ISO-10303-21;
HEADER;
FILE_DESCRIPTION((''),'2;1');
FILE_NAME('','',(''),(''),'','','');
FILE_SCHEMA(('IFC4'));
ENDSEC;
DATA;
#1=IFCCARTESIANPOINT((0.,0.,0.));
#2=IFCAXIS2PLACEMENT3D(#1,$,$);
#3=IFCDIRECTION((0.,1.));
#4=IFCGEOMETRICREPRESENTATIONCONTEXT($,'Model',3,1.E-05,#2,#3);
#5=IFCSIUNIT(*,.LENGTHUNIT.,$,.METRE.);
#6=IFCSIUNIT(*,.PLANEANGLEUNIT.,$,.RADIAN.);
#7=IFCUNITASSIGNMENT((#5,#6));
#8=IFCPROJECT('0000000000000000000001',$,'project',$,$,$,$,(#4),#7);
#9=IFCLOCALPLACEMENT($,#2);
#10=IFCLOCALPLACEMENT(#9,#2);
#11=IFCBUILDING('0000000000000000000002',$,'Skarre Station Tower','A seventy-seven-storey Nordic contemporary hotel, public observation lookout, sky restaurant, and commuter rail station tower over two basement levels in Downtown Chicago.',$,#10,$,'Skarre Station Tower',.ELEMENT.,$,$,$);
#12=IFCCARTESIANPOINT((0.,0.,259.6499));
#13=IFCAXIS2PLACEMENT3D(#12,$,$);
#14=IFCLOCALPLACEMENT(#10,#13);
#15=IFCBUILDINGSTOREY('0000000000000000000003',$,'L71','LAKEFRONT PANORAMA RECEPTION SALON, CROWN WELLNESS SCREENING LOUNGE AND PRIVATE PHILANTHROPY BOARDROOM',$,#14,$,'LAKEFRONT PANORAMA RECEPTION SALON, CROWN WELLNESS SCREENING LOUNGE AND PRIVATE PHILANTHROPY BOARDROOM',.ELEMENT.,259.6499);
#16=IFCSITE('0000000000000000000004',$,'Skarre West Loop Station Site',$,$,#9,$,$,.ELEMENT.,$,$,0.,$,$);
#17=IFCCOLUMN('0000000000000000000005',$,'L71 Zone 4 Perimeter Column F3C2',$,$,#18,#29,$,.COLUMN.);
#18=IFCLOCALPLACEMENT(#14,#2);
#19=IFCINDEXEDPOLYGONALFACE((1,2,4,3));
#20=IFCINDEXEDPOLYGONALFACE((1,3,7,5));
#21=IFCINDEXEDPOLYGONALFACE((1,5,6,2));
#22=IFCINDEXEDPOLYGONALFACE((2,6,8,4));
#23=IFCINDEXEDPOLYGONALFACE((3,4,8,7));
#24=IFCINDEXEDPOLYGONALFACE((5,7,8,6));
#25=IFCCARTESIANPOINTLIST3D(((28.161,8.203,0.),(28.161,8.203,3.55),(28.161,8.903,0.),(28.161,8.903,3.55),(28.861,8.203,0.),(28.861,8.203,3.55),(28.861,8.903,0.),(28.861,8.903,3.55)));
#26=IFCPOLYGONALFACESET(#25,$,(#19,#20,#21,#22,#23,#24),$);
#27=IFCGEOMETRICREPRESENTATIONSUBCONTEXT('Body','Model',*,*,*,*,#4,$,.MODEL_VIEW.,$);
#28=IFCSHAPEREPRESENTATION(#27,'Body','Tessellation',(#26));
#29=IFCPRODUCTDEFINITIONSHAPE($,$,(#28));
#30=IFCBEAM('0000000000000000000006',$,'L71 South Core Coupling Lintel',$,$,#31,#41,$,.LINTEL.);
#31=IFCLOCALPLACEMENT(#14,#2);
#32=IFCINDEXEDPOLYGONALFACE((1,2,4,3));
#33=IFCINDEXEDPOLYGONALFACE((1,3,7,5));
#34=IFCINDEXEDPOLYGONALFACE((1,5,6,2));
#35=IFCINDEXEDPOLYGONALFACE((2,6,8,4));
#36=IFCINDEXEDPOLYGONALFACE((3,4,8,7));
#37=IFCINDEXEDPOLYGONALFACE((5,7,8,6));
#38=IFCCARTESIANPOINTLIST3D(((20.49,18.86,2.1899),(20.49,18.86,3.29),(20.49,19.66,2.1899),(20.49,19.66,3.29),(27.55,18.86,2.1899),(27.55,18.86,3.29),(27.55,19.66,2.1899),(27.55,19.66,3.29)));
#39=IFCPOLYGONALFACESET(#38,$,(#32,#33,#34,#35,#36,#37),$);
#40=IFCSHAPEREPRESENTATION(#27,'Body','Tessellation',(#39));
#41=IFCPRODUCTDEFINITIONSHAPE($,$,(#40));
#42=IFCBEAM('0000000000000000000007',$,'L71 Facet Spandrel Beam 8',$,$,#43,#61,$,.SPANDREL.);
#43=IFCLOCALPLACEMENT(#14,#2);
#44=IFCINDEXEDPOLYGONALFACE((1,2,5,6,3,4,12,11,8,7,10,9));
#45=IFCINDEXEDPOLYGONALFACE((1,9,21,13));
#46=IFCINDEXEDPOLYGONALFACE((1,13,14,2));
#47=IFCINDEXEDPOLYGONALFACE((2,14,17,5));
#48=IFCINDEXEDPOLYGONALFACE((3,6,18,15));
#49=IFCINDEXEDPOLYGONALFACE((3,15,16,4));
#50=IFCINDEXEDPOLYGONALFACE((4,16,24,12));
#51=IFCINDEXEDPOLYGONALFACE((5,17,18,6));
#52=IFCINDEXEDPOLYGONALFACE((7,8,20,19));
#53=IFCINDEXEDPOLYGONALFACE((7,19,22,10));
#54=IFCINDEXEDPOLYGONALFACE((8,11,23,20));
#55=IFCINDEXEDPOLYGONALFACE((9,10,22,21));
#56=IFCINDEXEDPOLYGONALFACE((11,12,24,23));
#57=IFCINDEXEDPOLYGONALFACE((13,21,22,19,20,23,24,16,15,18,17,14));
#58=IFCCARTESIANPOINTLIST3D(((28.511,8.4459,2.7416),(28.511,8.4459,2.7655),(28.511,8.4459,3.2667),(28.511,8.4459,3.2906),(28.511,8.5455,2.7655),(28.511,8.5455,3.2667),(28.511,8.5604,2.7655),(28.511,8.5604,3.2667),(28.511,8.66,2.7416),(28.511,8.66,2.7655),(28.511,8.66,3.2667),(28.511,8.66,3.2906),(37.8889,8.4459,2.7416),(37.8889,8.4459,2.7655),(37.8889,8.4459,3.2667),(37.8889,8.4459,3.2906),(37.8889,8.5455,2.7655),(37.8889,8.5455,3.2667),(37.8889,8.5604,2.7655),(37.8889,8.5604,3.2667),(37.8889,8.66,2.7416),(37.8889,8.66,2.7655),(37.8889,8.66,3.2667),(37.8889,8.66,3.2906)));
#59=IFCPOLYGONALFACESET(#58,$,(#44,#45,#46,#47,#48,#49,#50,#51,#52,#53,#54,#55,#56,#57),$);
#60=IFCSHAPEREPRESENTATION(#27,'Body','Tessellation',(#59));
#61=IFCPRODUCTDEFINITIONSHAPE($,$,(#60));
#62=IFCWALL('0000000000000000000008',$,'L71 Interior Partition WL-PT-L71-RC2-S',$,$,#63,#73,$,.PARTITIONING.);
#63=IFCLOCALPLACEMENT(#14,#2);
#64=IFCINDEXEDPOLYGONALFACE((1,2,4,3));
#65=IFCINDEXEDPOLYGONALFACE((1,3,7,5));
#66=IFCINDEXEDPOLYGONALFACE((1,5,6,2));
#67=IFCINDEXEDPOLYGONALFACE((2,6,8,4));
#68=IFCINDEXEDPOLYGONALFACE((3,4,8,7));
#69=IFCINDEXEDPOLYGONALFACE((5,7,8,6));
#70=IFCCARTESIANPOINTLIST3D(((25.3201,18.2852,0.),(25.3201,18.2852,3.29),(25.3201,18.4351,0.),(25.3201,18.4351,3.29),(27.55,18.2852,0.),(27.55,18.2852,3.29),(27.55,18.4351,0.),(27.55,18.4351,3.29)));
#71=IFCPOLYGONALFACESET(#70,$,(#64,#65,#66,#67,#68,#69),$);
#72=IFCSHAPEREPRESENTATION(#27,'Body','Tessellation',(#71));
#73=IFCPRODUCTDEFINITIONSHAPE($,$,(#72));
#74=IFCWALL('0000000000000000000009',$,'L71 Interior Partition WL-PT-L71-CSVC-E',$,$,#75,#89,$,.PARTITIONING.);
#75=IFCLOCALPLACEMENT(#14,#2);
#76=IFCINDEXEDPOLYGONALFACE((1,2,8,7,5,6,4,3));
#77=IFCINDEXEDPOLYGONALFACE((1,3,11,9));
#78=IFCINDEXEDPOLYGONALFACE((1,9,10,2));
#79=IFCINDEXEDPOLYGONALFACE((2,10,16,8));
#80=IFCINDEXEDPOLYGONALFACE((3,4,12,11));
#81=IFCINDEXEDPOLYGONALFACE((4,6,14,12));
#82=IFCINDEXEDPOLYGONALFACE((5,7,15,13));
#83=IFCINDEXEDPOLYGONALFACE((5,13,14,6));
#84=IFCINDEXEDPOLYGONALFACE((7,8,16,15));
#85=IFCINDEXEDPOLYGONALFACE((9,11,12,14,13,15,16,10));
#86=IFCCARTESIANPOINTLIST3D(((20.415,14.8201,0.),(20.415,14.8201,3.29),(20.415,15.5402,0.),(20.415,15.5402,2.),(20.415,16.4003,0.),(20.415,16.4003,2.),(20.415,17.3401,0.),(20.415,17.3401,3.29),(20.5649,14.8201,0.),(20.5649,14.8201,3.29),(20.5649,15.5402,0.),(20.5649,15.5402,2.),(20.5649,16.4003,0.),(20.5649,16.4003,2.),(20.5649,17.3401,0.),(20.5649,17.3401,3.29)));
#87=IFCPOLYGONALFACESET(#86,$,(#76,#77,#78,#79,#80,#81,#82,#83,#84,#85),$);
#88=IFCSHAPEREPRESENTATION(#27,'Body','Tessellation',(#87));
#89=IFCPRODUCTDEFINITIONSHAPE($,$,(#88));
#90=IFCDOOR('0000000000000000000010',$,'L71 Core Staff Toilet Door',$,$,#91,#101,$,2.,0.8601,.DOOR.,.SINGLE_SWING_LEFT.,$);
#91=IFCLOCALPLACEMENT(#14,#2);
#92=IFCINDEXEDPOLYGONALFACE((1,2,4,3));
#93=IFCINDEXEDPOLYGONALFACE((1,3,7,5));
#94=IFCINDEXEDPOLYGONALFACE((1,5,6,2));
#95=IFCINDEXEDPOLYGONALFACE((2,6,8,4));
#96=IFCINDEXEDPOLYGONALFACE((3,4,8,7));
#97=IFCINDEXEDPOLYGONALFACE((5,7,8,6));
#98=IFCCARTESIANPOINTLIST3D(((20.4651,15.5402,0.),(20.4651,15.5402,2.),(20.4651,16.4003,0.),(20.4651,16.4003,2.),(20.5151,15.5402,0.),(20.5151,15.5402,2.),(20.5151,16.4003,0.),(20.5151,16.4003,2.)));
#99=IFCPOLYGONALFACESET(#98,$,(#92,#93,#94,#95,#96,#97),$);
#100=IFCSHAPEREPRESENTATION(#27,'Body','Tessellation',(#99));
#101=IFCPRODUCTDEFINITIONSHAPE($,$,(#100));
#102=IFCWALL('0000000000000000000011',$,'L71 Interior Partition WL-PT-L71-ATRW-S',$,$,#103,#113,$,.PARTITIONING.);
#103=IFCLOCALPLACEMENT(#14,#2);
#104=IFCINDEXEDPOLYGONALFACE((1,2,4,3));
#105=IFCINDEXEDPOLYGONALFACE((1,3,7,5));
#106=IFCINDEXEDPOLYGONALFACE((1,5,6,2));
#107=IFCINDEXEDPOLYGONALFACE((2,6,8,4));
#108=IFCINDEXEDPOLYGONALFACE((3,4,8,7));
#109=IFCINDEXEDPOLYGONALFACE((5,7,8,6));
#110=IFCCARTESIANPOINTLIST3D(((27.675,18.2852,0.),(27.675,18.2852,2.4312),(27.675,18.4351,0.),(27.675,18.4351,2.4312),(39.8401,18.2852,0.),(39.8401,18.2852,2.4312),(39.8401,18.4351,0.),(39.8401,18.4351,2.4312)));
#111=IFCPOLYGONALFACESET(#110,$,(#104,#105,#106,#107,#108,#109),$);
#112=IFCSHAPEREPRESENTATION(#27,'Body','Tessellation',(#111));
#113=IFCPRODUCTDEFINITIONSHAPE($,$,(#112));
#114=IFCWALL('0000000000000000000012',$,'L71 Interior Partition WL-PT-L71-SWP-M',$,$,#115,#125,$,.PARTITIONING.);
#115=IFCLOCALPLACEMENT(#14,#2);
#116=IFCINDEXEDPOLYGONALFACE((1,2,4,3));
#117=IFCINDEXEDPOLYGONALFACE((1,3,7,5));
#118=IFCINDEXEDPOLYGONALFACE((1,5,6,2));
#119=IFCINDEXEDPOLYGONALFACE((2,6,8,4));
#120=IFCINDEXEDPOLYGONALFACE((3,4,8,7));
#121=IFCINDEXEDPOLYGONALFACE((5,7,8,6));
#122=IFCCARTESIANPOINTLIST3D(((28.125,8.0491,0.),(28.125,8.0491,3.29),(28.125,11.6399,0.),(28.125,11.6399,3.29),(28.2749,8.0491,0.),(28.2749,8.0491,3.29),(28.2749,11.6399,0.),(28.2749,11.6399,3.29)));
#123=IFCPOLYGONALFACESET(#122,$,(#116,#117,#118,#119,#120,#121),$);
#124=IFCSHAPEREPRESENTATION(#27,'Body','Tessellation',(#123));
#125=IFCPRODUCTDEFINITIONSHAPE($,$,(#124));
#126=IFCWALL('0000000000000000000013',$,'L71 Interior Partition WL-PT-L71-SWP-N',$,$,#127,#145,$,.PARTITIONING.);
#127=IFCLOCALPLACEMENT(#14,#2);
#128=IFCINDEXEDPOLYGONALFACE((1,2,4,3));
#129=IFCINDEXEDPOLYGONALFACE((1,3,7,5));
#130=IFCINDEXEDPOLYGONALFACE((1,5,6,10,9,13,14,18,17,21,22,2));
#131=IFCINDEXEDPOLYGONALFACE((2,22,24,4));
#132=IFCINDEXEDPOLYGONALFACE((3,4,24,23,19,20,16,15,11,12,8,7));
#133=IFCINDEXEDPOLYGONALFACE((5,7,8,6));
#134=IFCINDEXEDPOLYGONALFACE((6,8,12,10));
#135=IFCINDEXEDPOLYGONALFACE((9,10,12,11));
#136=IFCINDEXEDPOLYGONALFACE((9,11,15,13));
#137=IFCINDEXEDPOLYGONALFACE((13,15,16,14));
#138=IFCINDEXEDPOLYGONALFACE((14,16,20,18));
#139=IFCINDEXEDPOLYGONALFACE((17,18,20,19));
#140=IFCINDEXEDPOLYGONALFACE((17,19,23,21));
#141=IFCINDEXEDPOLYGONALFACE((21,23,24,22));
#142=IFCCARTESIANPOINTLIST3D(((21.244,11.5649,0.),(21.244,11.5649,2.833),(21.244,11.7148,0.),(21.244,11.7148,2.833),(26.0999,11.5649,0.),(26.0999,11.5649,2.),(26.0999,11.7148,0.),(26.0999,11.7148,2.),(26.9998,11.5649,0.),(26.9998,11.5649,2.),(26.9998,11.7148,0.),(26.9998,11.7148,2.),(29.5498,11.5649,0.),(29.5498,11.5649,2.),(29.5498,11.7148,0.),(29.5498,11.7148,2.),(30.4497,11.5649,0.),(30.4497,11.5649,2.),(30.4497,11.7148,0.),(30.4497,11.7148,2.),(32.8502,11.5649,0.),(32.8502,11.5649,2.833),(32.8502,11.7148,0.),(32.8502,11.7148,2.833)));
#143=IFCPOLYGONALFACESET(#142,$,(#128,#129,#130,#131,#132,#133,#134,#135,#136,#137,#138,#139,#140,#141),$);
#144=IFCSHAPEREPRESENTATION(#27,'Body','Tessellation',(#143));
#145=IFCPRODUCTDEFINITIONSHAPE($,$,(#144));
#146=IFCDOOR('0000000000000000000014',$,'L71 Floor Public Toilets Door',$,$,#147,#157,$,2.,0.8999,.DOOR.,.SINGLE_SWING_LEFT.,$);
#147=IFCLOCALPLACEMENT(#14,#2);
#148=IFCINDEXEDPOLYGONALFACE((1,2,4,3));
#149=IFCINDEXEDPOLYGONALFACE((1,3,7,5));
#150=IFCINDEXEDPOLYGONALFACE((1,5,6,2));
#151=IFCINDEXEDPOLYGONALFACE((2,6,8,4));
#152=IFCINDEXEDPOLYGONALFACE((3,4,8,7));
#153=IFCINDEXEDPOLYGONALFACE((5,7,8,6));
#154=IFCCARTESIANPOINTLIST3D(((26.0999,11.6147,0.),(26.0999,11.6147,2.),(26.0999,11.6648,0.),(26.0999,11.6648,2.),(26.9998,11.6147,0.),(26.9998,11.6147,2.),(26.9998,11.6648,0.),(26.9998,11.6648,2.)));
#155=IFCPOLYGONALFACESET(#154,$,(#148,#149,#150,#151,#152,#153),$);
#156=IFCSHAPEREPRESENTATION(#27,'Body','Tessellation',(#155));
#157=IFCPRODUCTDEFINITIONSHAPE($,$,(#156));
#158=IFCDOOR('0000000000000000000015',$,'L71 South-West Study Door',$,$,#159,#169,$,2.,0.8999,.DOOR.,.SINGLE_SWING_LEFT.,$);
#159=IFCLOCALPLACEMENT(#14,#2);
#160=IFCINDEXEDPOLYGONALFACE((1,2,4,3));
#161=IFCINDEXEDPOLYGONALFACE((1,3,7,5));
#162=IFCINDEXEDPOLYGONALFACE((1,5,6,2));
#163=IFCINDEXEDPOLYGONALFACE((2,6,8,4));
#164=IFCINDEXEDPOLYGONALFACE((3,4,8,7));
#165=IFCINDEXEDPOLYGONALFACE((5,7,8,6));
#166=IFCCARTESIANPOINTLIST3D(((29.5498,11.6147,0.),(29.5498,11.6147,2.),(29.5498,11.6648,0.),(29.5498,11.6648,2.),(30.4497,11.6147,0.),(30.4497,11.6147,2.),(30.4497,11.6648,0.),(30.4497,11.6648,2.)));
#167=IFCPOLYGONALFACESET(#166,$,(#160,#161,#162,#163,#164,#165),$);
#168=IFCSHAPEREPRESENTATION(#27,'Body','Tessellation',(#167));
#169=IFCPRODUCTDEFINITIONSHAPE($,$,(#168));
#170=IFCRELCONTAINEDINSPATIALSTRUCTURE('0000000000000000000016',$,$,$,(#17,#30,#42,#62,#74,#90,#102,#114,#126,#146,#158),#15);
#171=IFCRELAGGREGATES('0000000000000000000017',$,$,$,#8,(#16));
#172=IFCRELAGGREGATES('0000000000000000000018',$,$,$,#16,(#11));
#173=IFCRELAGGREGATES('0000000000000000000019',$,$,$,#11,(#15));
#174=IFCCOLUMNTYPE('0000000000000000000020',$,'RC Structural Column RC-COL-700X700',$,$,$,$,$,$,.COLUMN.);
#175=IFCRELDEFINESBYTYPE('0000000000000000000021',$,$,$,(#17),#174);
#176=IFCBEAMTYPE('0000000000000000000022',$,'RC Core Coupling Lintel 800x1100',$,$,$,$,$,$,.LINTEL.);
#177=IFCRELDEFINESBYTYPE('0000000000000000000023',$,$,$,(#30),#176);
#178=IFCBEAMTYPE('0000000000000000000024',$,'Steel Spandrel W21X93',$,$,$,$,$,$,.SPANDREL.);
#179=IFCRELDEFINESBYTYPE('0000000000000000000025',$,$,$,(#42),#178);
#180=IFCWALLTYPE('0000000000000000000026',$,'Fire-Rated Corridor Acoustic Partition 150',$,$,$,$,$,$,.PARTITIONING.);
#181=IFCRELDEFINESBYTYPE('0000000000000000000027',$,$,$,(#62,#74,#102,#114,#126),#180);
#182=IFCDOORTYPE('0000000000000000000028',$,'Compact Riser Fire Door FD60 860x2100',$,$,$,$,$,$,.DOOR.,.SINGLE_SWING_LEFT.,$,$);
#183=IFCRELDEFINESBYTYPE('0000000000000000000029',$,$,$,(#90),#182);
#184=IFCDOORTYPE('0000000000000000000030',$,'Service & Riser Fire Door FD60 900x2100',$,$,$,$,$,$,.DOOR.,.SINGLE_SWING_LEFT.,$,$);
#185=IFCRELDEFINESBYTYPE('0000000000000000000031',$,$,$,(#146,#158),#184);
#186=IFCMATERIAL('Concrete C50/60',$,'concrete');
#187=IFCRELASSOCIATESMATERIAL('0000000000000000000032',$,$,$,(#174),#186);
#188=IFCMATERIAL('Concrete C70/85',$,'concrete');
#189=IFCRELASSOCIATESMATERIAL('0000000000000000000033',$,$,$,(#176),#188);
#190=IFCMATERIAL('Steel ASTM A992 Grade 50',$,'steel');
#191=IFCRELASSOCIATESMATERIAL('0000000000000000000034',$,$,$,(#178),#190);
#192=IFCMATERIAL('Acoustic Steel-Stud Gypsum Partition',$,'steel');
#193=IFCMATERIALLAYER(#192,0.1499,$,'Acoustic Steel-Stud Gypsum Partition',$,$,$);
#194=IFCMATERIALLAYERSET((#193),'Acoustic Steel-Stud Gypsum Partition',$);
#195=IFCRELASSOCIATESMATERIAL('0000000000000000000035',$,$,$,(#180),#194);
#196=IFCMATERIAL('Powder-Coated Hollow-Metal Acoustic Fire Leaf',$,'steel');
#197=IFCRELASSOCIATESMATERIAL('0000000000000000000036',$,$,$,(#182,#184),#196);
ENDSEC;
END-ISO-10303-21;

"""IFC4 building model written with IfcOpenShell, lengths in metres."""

from ifc_helpers import new_model, si_unit, direction, frame, frame_2d, origin, origin_2d, place, context, subcontext, project, spatial, rectangle, i_section, extrude, material, layer, layer_set, material_profile, profile_set, type_object, element, fill, save


model = new_model("IFC4")

# Units and contexts
model_context = context("Model", 3, precision=1e-05, world=origin(), true_north=direction((0.0, 1.0)))
body_context = subcontext(model_context, "Body", "Model", "MODEL_VIEW")
ifc_project = project(units=[si_unit("LENGTHUNIT", "METRE"), si_unit("PLANEANGLEUNIT", "RADIAN")], contexts=[model_context])

# Site, building, storey
site_placement = place(None, origin())
site = spatial("IfcSite", under=ifc_project, at=site_placement, Name="Skarre West Loop Station Site", CompositionType="ELEMENT", RefElevation=0.0)
building_placement = place(site_placement, origin())
building = spatial("IfcBuilding", under=site, at=building_placement, Name="Skarre Station Tower", Description="A seventy-seven-storey Nordic contemporary hotel, public observation lookout, sky restaurant, and commuter rail station tower over two basement levels in Downtown Chicago.", LongName="Skarre Station Tower", CompositionType="ELEMENT")
storey_placement = place(building_placement, frame((0.0, 0.0, 259.6499)))
storey = spatial("IfcBuildingStorey", under=building, at=storey_placement, Name="L71", Description="LAKEFRONT PANORAMA RECEPTION SALON, CROWN WELLNESS SCREENING LOUNGE AND PRIVATE PHILANTHROPY BOARDROOM", LongName="LAKEFRONT PANORAMA RECEPTION SALON, CROWN WELLNESS SCREENING LOUNGE AND PRIVATE PHILANTHROPY BOARDROOM", CompositionType="ELEMENT", Elevation=259.6499)

# Column
ifc_material_1 = material(Name="Concrete C50/60", Category="concrete")
ifc_material_profile_1 = material_profile(ifc_material_1, rectangle(XDim=0.7, YDim=0.7, at=origin_2d()), Name="Concrete C50/60")
ifc_profile_set_1 = profile_set([ifc_material_profile_1], Name="Concrete C50/60")
column_type = type_object("IfcColumnType", Name="RC Structural Column RC-COL-700X700", PredefinedType="COLUMN", material=ifc_profile_set_1)
column_placement = place(storey_placement, frame((28.511, 8.553, 0.0), z_axis=(0.0, 0.0, 1.0), x_axis=(1.0, 0.0, 0.0)))
element("IfcColumn", 1, at=column_placement, inside=storey, type_object=column_type, Name="L71 Zone 4 Perimeter Column F3C2", PredefinedType="COLUMN", context=body_context, shape_type="SweptSolid", body=[
    extrude(rectangle(XDim=0.7, YDim=0.7, at=origin_2d()), origin(), (0.0, 0.0, 1.0), 3.55),
])

# Beams
ifc_material_2 = material(Name="Concrete C70/85", Category="concrete")
ifc_material_profile_2 = material_profile(ifc_material_2, rectangle(XDim=0.8, YDim=1.1001, at=origin_2d()), Name="Concrete C70/85")
ifc_profile_set_2 = profile_set([ifc_material_profile_2], Name="Concrete C70/85")
beam_type_1 = type_object("IfcBeamType", Name="RC Core Coupling Lintel 800x1100", PredefinedType="LINTEL", material=ifc_profile_set_2)
beam_1_placement = place(storey_placement, frame((20.49, 19.26, 2.74), z_axis=(1.0, 0.0, 0.0), x_axis=(0.0, 1.0, 0.0)))
element("IfcBeam", 2, at=beam_1_placement, inside=storey, type_object=beam_type_1, Name="L71 South Core Coupling Lintel", PredefinedType="LINTEL", context=body_context, shape_type="SweptSolid", body=[
    extrude(rectangle(XDim=0.8, YDim=1.1001, at=origin_2d()), origin(), (0.0, 0.0, 1.0), 7.0601),
])
ifc_material_3 = material(Name="Steel ASTM A992 Grade 50", Category="steel")
ifc_material_profile_3 = material_profile(ifc_material_3, i_section(OverallWidth=0.2141, OverallDepth=0.5491, WebThickness=0.0149, FlangeThickness=0.0239, at=origin_2d()), Name="Steel ASTM A992 Grade 50")
ifc_profile_set_3 = profile_set([ifc_material_profile_3], Name="Steel ASTM A992 Grade 50")
beam_type_2 = type_object("IfcBeamType", Name="Steel Spandrel W21X93", PredefinedType="SPANDREL", material=ifc_profile_set_3)
beam_2_placement = place(storey_placement, frame((28.511, 8.553, 3.0161), z_axis=(1.0, 0.0, 0.0), x_axis=(0.0, 1.0, 0.0)))
element("IfcBeam", 3, at=beam_2_placement, inside=storey, type_object=beam_type_2, Name="L71 Facet Spandrel Beam 8", PredefinedType="SPANDREL", context=body_context, shape_type="SweptSolid", body=[
    extrude(i_section(OverallWidth=0.2141, OverallDepth=0.5491, WebThickness=0.0149, FlangeThickness=0.0239, at=origin_2d()), origin(), (0.0, 0.0, 1.0), 9.3779),
])

# Wall
ifc_material_4 = material(Name="Acoustic Steel-Stud Gypsum Partition", Category="steel")
ifc_layer_1 = layer(ifc_material_4, 0.1499, Name="Acoustic Steel-Stud Gypsum Partition")
ifc_layer_set_1 = layer_set([ifc_layer_1], Name="Acoustic Steel-Stud Gypsum Partition")
wall_type_1 = type_object("IfcWallType", Name="Fire-Rated Corridor Acoustic Partition 150", PredefinedType="PARTITIONING", material=ifc_layer_set_1)
wall_1_placement = place(storey_placement, frame((25.3201, 18.3601, 0.0), z_axis=(0.0, 0.0, 1.0), x_axis=(1.0, 0.0, 0.0)))
element("IfcWall", 4, at=wall_1_placement, inside=storey, type_object=wall_type_1, Name="L71 Interior Partition WL-PT-L71-RC2-S", PredefinedType="PARTITIONING", context=body_context, shape_type="SweptSolid", body=[
    extrude(rectangle(XDim=2.23, YDim=0.1499, at=frame_2d((1.115, 0.0))), origin(), (0.0, 0.0, 1.0), 3.29),
])

# Wall, opening, door
wall_2_placement = place(storey_placement, frame((20.49, 14.8201, 0.0), z_axis=(0.0, 0.0, 1.0), x_axis=(0.0, 1.0, 0.0)))
wall_2 = element("IfcWall", 5, at=wall_2_placement, inside=storey, type_object=wall_type_1, Name="L71 Interior Partition WL-PT-L71-CSVC-E", PredefinedType="PARTITIONING", context=body_context, shape_type="SweptSolid", body=[
    extrude(rectangle(XDim=2.52, YDim=0.1499, at=frame_2d((1.26, 0.0))), origin(), (0.0, 0.0, 1.0), 3.29),
])
opening_1_placement = place(wall_2_placement, frame((0.72, 0.0, 0.0)))
opening_1 = element("IfcOpeningElement", 6, at=opening_1_placement, cuts=wall_2, PredefinedType="OPENING", context=body_context, shape_type="SweptSolid", body=[
    extrude(rectangle(XDim=0.8601, YDim=2.0, at=frame_2d((0.4302, 1.0))), frame((0.0, 0.085, 0.0), z_axis=(0.0, -1.0, 0.0), x_axis=(1.0, 0.0, 0.0)), (0.0, 0.0, 1.0), 0.1699),
])
ifc_material_5 = material(Name="Powder-Coated Hollow-Metal Acoustic Fire Leaf", Category="steel")
door_type_1 = type_object("IfcDoorType", Name="Compact Riser Fire Door FD60 860x2100", OperationType="SINGLE_SWING_LEFT", PredefinedType="DOOR", material=ifc_material_5)
door_1_placement = place(opening_1_placement, origin())
door_1 = element("IfcDoor", 7, at=door_1_placement, inside=storey, type_object=door_type_1, Name="L71 Core Staff Toilet Door", OperationType="SINGLE_SWING_LEFT", OverallHeight=2.0, OverallWidth=0.8601, PredefinedType="DOOR", context=body_context, shape_type="SweptSolid", body=[
    extrude(rectangle(XDim=0.8601, YDim=2.0, at=frame_2d((0.4302, 1.0))), frame((0.0, 0.0249, 0.0), z_axis=(0.0, -1.0, 0.0), x_axis=(1.0, 0.0, 0.0)), (0.0, 0.0, 1.0), 0.05),
])
fill(opening_1, door_1)

# Walls
wall_3_placement = place(storey_placement, frame((27.675, 18.3601, 0.0), z_axis=(0.0, 0.0, 1.0), x_axis=(1.0, 0.0, 0.0)))
element("IfcWall", 8, at=wall_3_placement, inside=storey, type_object=wall_type_1, Name="L71 Interior Partition WL-PT-L71-ATRW-S", PredefinedType="PARTITIONING", context=body_context, shape_type="SweptSolid", body=[
    extrude(rectangle(XDim=12.165, YDim=0.1499, at=frame_2d((6.0825, 0.0))), origin(), (0.0, 0.0, 1.0), 2.4312),
])
wall_4_placement = place(storey_placement, frame((28.2, 8.0491, 0.0), z_axis=(0.0, 0.0, 1.0), x_axis=(0.0, 1.0, 0.0)))
element("IfcWall", 9, at=wall_4_placement, inside=storey, type_object=wall_type_1, Name="L71 Interior Partition WL-PT-L71-SWP-M", PredefinedType="PARTITIONING", context=body_context, shape_type="SweptSolid", body=[
    extrude(rectangle(XDim=3.5908, YDim=0.1499, at=frame_2d((1.7954, 0.0))), origin(), (0.0, 0.0, 1.0), 3.29),
])

# Wall, openings, doors
wall_5_placement = place(storey_placement, frame((21.2439, 11.6399, 0.0), z_axis=(0.0, 0.0, 1.0), x_axis=(1.0, 0.0, 0.0)))
wall_5 = element("IfcWall", 10, at=wall_5_placement, inside=storey, type_object=wall_type_1, Name="L71 Interior Partition WL-PT-L71-SWP-N", PredefinedType="PARTITIONING", context=body_context, shape_type="SweptSolid", body=[
    extrude(rectangle(XDim=11.6062, YDim=0.1499, at=frame_2d((5.8032, 0.0))), origin(), (0.0, 0.0, 1.0), 2.833),
])
opening_2_placement = place(wall_5_placement, frame((4.856, 0.0, 0.0)))
opening_2 = element("IfcOpeningElement", 11, at=opening_2_placement, cuts=wall_5, PredefinedType="OPENING", context=body_context, shape_type="SweptSolid", body=[
    extrude(rectangle(XDim=0.8999, YDim=2.0, at=frame_2d((0.45, 1.0))), frame((0.0, 0.085, 0.0), z_axis=(0.0, -1.0, 0.0), x_axis=(1.0, 0.0, 0.0)), (0.0, 0.0, 1.0), 0.1699),
])
opening_3_placement = place(wall_5_placement, frame((8.3059, 0.0, 0.0)))
opening_3 = element("IfcOpeningElement", 12, at=opening_3_placement, cuts=wall_5, PredefinedType="OPENING", context=body_context, shape_type="SweptSolid", body=[
    extrude(rectangle(XDim=0.8999, YDim=2.0, at=frame_2d((0.45, 1.0))), frame((0.0, 0.085, 0.0), z_axis=(0.0, -1.0, 0.0), x_axis=(1.0, 0.0, 0.0)), (0.0, 0.0, 1.0), 0.1699),
])
door_type_2 = type_object("IfcDoorType", Name="Service & Riser Fire Door FD60 900x2100", OperationType="SINGLE_SWING_LEFT", PredefinedType="DOOR", material=ifc_material_5)
door_2_placement = place(opening_2_placement, origin())
door_2 = element("IfcDoor", 13, at=door_2_placement, inside=storey, type_object=door_type_2, Name="L71 Floor Public Toilets Door", OperationType="SINGLE_SWING_LEFT", OverallHeight=2.0, OverallWidth=0.8999, PredefinedType="DOOR", context=body_context, shape_type="SweptSolid", body=[
    extrude(rectangle(XDim=0.8999, YDim=2.0, at=frame_2d((0.45, 1.0))), frame((0.0, 0.0249, 0.0), z_axis=(0.0, -1.0, 0.0), x_axis=(1.0, 0.0, 0.0)), (0.0, 0.0, 1.0), 0.05),
])
fill(opening_2, door_2)
door_3_placement = place(opening_3_placement, origin())
door_3 = element("IfcDoor", 14, at=door_3_placement, inside=storey, type_object=door_type_2, Name="L71 South-West Study Door", OperationType="SINGLE_SWING_LEFT", OverallHeight=2.0, OverallWidth=0.8999, PredefinedType="DOOR", context=body_context, shape_type="SweptSolid", body=[
    extrude(rectangle(XDim=0.8999, YDim=2.0, at=frame_2d((0.45, 1.0))), frame((0.0, 0.0249, 0.0), z_axis=(0.0, -1.0, 0.0), x_axis=(1.0, 0.0, 0.0)), (0.0, 0.0, 1.0), 0.05),
])
fill(opening_3, door_3)

save(model, "model.ifc")
